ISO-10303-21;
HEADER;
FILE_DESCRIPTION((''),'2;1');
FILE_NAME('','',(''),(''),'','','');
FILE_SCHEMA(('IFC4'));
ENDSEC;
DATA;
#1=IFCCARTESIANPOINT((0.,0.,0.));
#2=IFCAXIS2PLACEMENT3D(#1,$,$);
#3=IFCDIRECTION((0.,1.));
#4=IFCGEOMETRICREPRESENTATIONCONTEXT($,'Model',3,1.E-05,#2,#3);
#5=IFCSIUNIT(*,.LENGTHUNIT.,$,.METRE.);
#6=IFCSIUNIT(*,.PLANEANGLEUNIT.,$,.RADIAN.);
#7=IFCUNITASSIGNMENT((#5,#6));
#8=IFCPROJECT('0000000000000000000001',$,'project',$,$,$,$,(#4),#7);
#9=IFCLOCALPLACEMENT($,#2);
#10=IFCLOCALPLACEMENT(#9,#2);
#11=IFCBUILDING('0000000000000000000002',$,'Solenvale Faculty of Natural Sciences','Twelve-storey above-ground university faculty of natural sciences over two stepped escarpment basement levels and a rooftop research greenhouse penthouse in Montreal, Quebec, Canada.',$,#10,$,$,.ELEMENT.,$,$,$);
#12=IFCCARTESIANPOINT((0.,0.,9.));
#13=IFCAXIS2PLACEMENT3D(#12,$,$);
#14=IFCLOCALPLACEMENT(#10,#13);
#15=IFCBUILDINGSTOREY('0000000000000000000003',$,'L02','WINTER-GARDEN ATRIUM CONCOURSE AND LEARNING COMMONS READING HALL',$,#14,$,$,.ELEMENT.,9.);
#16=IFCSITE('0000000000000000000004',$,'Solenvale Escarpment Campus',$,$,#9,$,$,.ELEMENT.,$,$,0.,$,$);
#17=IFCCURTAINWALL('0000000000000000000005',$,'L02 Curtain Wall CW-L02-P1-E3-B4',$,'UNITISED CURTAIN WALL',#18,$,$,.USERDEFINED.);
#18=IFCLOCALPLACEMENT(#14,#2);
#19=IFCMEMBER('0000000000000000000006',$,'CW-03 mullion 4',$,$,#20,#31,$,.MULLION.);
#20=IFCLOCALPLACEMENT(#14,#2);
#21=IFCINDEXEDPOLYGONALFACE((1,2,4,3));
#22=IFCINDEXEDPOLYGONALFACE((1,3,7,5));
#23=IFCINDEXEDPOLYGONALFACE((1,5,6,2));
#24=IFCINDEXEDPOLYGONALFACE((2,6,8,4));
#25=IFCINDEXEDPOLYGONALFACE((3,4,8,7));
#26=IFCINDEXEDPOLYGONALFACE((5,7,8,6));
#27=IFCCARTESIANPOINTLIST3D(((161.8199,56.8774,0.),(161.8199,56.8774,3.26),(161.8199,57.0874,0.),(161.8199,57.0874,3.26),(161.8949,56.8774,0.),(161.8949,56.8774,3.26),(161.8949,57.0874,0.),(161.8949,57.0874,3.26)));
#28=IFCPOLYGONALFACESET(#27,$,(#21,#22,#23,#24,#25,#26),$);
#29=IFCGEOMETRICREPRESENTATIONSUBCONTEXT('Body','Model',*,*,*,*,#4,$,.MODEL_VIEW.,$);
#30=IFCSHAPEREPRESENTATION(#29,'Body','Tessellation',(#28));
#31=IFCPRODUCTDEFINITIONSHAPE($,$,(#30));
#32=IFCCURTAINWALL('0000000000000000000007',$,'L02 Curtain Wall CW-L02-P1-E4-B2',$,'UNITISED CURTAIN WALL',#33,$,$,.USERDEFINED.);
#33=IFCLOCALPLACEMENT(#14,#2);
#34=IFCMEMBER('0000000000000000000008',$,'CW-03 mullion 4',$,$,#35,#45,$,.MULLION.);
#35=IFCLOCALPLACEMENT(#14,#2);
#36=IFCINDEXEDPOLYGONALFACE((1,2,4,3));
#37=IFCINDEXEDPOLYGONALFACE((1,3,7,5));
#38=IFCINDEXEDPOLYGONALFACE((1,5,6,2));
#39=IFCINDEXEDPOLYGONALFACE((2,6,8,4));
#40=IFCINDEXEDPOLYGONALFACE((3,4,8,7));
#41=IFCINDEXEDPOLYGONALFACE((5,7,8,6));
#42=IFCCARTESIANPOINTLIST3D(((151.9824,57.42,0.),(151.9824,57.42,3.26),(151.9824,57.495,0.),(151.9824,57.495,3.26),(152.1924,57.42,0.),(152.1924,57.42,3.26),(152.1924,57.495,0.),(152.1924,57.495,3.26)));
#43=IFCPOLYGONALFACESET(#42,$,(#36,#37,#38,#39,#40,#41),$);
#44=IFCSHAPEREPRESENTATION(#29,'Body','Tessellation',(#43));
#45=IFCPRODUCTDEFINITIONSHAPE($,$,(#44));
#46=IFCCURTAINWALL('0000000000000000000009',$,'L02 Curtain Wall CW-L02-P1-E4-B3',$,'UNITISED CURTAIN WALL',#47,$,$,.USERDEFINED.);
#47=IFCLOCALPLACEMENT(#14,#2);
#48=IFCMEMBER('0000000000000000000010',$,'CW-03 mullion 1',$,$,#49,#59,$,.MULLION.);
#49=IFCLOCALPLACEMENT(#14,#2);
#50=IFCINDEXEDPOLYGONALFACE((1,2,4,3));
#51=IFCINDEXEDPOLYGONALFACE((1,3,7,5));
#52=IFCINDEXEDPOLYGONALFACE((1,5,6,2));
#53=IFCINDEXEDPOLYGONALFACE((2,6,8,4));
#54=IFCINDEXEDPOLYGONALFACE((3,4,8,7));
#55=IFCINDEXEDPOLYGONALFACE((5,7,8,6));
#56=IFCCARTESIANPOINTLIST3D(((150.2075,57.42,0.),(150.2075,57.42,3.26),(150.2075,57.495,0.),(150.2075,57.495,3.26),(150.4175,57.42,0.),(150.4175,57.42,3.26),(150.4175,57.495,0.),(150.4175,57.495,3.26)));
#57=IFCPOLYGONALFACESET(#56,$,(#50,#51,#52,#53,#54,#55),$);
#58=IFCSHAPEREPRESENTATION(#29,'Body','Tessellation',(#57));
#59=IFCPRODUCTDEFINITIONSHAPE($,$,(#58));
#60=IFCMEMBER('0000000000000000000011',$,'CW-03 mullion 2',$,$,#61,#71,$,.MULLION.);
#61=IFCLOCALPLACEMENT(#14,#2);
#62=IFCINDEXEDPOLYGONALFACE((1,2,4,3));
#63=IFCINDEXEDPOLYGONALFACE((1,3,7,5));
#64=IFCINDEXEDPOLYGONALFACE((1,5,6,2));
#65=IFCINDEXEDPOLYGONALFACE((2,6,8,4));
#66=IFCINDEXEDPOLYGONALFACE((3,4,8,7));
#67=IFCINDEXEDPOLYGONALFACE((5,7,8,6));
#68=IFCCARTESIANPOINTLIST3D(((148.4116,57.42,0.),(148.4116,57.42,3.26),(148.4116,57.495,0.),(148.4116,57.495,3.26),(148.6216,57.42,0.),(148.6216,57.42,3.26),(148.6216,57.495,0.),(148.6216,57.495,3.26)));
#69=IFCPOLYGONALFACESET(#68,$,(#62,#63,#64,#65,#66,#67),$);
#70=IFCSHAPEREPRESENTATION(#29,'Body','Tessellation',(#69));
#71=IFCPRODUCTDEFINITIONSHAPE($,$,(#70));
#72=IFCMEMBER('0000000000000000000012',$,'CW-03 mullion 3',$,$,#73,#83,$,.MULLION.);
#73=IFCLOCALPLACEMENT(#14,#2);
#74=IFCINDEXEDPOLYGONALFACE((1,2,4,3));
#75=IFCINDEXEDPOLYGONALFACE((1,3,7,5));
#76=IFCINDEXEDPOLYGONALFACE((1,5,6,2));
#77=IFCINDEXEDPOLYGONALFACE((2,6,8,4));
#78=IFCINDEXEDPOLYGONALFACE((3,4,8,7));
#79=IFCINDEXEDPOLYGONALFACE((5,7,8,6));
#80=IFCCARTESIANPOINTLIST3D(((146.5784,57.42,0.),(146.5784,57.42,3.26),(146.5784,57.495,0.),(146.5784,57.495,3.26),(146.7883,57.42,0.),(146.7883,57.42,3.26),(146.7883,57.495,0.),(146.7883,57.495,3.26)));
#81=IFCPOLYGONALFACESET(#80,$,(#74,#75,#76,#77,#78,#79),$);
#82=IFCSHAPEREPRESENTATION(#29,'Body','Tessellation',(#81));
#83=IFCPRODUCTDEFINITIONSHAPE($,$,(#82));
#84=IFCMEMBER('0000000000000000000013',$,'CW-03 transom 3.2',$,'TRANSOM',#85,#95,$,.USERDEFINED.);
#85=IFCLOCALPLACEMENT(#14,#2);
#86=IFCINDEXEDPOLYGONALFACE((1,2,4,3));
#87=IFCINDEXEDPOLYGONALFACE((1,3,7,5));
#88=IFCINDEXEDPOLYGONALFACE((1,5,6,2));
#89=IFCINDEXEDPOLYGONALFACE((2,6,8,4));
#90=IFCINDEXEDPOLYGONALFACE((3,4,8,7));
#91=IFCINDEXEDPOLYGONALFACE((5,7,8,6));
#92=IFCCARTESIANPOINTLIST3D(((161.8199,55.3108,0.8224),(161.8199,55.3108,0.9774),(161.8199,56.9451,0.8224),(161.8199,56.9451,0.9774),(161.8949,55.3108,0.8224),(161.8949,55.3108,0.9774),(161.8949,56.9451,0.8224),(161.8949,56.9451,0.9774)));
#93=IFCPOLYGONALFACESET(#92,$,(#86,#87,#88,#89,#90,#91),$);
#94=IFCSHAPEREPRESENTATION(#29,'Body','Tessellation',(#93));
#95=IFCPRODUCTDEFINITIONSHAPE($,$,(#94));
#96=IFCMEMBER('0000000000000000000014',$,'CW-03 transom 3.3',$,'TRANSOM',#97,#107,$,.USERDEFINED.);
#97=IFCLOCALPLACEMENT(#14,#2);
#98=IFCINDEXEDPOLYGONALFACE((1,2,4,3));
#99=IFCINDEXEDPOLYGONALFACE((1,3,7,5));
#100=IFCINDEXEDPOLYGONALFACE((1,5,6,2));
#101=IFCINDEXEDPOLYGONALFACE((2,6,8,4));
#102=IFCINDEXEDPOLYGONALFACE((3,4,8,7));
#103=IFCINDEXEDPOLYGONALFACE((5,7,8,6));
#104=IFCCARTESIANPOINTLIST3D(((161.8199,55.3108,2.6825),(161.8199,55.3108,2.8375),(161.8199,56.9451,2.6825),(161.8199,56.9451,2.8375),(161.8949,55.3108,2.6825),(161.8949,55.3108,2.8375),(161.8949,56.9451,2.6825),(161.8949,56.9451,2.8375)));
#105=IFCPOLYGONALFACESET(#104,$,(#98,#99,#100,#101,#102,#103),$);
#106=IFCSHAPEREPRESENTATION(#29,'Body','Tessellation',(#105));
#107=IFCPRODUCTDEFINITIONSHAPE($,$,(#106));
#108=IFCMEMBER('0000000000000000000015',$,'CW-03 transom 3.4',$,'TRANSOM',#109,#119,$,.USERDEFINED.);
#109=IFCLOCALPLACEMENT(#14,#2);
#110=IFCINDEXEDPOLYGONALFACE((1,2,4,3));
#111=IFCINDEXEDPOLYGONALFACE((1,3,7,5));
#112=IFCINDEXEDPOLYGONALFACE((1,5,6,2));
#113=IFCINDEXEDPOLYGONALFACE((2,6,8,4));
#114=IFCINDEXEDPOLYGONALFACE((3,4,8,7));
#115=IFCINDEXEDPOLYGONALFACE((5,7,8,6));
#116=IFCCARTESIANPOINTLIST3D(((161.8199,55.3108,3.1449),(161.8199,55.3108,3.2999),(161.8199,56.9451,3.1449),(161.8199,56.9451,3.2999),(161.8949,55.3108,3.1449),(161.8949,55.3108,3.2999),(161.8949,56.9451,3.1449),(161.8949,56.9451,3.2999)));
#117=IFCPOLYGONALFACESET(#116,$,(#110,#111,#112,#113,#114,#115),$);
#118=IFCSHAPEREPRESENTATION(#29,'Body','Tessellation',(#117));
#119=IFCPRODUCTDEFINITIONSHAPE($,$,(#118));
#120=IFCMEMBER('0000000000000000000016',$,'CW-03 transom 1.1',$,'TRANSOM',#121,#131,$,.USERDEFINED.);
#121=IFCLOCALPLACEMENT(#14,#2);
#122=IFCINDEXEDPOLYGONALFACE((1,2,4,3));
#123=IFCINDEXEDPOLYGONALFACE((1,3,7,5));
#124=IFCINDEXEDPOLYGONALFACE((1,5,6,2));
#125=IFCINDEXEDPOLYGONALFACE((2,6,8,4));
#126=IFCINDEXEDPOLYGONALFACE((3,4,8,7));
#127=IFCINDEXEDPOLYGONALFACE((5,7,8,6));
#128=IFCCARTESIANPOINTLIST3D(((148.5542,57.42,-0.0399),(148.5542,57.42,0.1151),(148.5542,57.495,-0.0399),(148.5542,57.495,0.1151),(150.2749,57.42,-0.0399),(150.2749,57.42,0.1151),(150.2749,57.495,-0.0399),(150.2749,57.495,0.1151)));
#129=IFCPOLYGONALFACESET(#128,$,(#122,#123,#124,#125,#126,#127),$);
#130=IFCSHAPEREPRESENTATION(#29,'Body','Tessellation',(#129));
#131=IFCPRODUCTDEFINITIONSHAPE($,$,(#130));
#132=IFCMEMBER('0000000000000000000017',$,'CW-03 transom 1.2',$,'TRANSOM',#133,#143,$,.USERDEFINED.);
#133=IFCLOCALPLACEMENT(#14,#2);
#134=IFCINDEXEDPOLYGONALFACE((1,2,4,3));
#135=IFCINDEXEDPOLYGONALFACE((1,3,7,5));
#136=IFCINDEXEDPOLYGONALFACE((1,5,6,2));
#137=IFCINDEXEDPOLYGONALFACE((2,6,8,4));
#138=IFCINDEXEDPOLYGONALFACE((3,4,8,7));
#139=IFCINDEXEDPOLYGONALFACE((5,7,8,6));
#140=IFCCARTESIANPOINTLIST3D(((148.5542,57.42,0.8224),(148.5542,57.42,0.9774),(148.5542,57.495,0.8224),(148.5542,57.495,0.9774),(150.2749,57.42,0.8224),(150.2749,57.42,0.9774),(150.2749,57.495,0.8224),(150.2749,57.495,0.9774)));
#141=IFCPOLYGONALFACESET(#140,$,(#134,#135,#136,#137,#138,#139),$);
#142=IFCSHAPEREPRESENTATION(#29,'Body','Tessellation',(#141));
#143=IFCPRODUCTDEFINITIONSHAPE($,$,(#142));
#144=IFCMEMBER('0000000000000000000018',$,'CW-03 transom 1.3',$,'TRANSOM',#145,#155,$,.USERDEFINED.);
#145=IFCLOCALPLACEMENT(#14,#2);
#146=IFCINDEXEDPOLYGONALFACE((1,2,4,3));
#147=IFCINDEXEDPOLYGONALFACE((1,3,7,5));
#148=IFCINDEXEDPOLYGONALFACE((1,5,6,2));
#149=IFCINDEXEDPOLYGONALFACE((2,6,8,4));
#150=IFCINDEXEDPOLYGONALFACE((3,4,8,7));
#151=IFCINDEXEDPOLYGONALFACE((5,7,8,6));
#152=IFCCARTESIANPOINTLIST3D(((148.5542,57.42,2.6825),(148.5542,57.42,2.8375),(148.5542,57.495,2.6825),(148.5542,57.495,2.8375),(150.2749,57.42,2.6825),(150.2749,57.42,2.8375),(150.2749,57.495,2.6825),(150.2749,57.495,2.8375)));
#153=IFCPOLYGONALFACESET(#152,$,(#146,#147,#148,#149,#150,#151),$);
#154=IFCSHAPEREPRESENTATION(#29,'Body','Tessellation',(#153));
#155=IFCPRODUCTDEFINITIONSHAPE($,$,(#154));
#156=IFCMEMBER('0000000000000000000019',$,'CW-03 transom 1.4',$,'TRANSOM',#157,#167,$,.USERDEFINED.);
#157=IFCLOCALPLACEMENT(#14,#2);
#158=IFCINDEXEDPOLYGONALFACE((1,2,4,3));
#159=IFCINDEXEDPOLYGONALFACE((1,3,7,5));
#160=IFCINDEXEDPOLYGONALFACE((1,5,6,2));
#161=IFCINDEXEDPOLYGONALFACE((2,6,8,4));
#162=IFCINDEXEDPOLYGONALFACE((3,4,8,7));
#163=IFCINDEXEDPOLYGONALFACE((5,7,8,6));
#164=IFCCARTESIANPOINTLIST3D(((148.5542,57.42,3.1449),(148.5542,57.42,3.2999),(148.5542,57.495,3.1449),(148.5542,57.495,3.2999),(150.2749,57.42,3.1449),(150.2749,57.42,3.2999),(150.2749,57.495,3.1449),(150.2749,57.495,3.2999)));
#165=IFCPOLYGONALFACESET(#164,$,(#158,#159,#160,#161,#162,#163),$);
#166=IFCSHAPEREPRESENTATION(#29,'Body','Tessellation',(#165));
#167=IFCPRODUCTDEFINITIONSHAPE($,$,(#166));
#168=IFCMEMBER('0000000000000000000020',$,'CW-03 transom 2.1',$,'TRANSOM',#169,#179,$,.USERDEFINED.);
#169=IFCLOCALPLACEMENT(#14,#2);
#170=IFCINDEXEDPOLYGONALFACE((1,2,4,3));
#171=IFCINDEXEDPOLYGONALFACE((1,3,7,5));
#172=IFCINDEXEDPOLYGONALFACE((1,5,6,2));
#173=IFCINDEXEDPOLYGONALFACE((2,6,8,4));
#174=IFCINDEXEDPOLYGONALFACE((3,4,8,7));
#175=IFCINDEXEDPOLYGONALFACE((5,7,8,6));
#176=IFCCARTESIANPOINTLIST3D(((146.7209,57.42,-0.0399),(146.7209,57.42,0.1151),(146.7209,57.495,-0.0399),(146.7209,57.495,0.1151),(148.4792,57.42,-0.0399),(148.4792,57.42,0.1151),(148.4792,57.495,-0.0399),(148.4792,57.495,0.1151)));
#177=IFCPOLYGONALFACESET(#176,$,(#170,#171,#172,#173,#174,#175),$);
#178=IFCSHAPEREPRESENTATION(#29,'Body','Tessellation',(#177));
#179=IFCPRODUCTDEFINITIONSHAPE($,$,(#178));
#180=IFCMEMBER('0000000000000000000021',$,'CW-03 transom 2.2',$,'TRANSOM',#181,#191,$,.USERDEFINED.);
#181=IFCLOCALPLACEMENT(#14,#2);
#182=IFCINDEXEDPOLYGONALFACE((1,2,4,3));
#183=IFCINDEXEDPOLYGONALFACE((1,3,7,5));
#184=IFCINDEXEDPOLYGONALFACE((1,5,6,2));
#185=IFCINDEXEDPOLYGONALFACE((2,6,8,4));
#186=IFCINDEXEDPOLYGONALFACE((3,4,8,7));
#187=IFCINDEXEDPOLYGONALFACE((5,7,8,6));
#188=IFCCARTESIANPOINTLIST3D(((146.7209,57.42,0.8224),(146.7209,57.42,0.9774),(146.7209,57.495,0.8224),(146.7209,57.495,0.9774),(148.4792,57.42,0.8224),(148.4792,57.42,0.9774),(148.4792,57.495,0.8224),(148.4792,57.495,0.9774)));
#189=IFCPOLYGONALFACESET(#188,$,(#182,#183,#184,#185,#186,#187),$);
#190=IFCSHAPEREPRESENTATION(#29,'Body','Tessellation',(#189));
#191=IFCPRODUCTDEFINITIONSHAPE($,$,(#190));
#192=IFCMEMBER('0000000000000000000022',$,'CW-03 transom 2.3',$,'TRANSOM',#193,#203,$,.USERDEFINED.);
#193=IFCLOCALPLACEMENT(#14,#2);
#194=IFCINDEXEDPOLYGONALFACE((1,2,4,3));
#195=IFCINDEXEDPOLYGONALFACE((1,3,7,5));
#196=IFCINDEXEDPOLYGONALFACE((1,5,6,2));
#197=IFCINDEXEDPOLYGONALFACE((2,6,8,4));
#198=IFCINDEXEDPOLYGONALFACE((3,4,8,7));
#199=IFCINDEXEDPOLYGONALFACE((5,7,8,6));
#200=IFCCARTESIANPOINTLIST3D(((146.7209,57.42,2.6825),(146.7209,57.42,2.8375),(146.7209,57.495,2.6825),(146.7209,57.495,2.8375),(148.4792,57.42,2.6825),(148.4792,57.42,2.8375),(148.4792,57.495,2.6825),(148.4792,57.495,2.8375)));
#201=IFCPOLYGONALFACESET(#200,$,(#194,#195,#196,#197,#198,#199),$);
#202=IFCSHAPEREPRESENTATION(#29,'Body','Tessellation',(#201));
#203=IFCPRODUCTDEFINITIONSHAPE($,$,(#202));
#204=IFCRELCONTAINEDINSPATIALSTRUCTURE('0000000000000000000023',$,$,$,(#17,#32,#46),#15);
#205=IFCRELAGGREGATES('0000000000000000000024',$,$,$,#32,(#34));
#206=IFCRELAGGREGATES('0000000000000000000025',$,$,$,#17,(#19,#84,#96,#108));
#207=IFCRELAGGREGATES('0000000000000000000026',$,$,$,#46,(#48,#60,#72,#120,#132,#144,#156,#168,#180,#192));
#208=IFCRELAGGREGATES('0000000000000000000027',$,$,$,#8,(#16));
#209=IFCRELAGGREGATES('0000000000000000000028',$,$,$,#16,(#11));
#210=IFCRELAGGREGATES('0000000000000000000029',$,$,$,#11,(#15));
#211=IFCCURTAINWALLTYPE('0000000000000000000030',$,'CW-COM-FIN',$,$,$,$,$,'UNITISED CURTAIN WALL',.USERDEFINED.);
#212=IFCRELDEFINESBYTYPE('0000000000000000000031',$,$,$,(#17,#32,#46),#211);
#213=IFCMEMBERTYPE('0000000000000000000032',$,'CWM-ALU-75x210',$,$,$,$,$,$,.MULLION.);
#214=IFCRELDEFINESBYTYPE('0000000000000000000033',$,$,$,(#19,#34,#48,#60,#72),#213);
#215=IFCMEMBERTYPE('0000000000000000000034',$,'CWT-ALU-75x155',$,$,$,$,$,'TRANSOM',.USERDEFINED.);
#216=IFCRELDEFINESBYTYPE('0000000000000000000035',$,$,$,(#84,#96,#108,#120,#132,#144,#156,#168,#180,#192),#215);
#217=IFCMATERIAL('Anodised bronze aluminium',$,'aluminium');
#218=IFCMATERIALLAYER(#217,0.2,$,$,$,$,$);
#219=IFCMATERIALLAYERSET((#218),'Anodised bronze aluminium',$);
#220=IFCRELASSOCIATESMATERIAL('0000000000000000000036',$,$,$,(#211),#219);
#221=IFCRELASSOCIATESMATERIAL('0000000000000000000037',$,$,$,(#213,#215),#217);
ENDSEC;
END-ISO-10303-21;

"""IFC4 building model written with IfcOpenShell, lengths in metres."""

from ifc_helpers import new_model, si_unit, direction, frame, origin, origin_2d, place, context, subcontext, project, spatial, rectangle, extrude, material, layer, layer_set, material_profile, profile_set, type_object, element, aggregate, save


model = new_model("IFC4")

# Units and contexts
model_context = context("Model", 3, precision=1e-05, world=origin(), true_north=direction((0.0, 1.0)))
body_context = subcontext(model_context, "Body", "Model", "MODEL_VIEW")
ifc_project = project(units=[si_unit("LENGTHUNIT", "METRE"), si_unit("PLANEANGLEUNIT", "RADIAN")], contexts=[model_context])

# Site, building, storey
site_placement = place(None, origin())
site = spatial("IfcSite", under=ifc_project, at=site_placement, Name="Solenvale Escarpment Campus", CompositionType="ELEMENT", RefElevation=0.0)
building_placement = place(site_placement, origin())
building = spatial("IfcBuilding", under=site, at=building_placement, Name="Solenvale Faculty of Natural Sciences", Description="Twelve-storey above-ground university faculty of natural sciences over two stepped escarpment basement levels and a rooftop research greenhouse penthouse in Montreal, Quebec, Canada.", CompositionType="ELEMENT")
storey_placement = place(building_placement, frame((0.0, 0.0, 9.0)))
storey = spatial("IfcBuildingStorey", under=building, at=storey_placement, Name="L02", Description="WINTER-GARDEN ATRIUM CONCOURSE AND LEARNING COMMONS READING HALL", CompositionType="ELEMENT", Elevation=9.0)

# Curtain walls, members
ifc_material_1 = material(Name="Anodised bronze aluminium", Category="aluminium")
ifc_layer_1 = layer(ifc_material_1, 0.2)
ifc_layer_set_1 = layer_set([ifc_layer_1], Name="Anodised bronze aluminium")
curtain_wall_type = type_object("IfcCurtainWallType", Name="CW-COM-FIN", ElementType="UNITISED CURTAIN WALL", PredefinedType="USERDEFINED", material=ifc_layer_set_1)
curtain_wall_1_placement = place(storey_placement, origin())
curtain_wall_1 = element("IfcCurtainWall", 1, at=curtain_wall_1_placement, inside=storey, type_object=curtain_wall_type, Name="L02 Curtain Wall CW-L02-P1-E3-B4", ObjectType="UNITISED CURTAIN WALL", PredefinedType="USERDEFINED")
ifc_material_profile_1 = material_profile(ifc_material_1, rectangle(XDim=0.075, YDim=0.21, at=origin_2d()), Name="ALU-MUL-75x210")
ifc_profile_set_1 = profile_set([ifc_material_profile_1], Name="Anodised bronze aluminium")
member_type_1 = type_object("IfcMemberType", Name="CWM-ALU-75x210", PredefinedType="MULLION", material=ifc_profile_set_1)
member_1_placement = place(storey_placement, frame((161.8574, 56.9824, 0.0), z_axis=(0.0, 0.0, 1.0), x_axis=(-1.0, 0.0, 0.0)))
member_1 = element("IfcMember", 2, at=member_1_placement, type_object=member_type_1, Name="CW-03 mullion 4", PredefinedType="MULLION", context=body_context, shape_type="SweptSolid", body=[
    extrude(rectangle(XDim=0.075, YDim=0.21, at=origin_2d()), origin(), (0.0, 0.0, 1.0), 3.26),
])
curtain_wall_2_placement = place(storey_placement, origin())
curtain_wall_2 = element("IfcCurtainWall", 3, at=curtain_wall_2_placement, inside=storey, type_object=curtain_wall_type, Name="L02 Curtain Wall CW-L02-P1-E4-B2", ObjectType="UNITISED CURTAIN WALL", PredefinedType="USERDEFINED")
member_2_placement = place(storey_placement, frame((152.0874, 57.4575, 0.0), z_axis=(0.0, 0.0, 1.0), x_axis=(0.0, -1.0, 0.0)))
member_2 = element("IfcMember", 4, at=member_2_placement, type_object=member_type_1, Name="CW-03 mullion 4", PredefinedType="MULLION", context=body_context, shape_type="SweptSolid", body=[
    extrude(rectangle(XDim=0.075, YDim=0.21, at=origin_2d()), origin(), (0.0, 0.0, 1.0), 3.26),
])

# Curtain wall, members
curtain_wall_3_placement = place(storey_placement, origin())
curtain_wall_3 = element("IfcCurtainWall", 5, at=curtain_wall_3_placement, inside=storey, type_object=curtain_wall_type, Name="L02 Curtain Wall CW-L02-P1-E4-B3", ObjectType="UNITISED CURTAIN WALL", PredefinedType="USERDEFINED")
member_3_placement = place(storey_placement, frame((150.3125, 57.4575, 0.0), z_axis=(0.0, 0.0, 1.0), x_axis=(0.0, -1.0, 0.0)))
member_3 = element("IfcMember", 6, at=member_3_placement, type_object=member_type_1, Name="CW-03 mullion 1", PredefinedType="MULLION", context=body_context, shape_type="SweptSolid", body=[
    extrude(rectangle(XDim=0.075, YDim=0.21, at=origin_2d()), origin(), (0.0, 0.0, 1.0), 3.26),
])
member_4_placement = place(storey_placement, frame((148.5166, 57.4575, 0.0), z_axis=(0.0, 0.0, 1.0), x_axis=(0.0, -1.0, 0.0)))
member_4 = element("IfcMember", 7, at=member_4_placement, type_object=member_type_1, Name="CW-03 mullion 2", PredefinedType="MULLION", context=body_context, shape_type="SweptSolid", body=[
    extrude(rectangle(XDim=0.075, YDim=0.21, at=origin_2d()), origin(), (0.0, 0.0, 1.0), 3.26),
])
member_5_placement = place(storey_placement, frame((146.6833, 57.4575, 0.0), z_axis=(0.0, 0.0, 1.0), x_axis=(0.0, -1.0, 0.0)))
member_5 = element("IfcMember", 8, at=member_5_placement, type_object=member_type_1, Name="CW-03 mullion 3", PredefinedType="MULLION", context=body_context, shape_type="SweptSolid", body=[
    extrude(rectangle(XDim=0.075, YDim=0.21, at=origin_2d()), origin(), (0.0, 0.0, 1.0), 3.26),
])

# Members
ifc_material_profile_2 = material_profile(ifc_material_1, rectangle(XDim=0.075, YDim=0.155, at=origin_2d()), Name="ALU-TRN-75x155")
ifc_profile_set_2 = profile_set([ifc_material_profile_2], Name="Anodised bronze aluminium")
member_type_2 = type_object("IfcMemberType", Name="CWT-ALU-75x155", ElementType="TRANSOM", PredefinedType="USERDEFINED", material=ifc_profile_set_2)
member_6_placement = place(storey_placement, frame((161.8574, 55.3108, 0.8999), z_axis=(0.0, 1.0, 0.0), x_axis=(-1.0, 0.0, 0.0)))
member_6 = element("IfcMember", 9, at=member_6_placement, type_object=member_type_2, Name="CW-03 transom 3.2", ObjectType="TRANSOM", PredefinedType="USERDEFINED", context=body_context, shape_type="SweptSolid", body=[
    extrude(rectangle(XDim=0.075, YDim=0.155, at=origin_2d()), origin(), (0.0, 0.0, 1.0), 1.6343),
])
member_7_placement = place(storey_placement, frame((161.8574, 55.3108, 2.76), z_axis=(0.0, 1.0, 0.0), x_axis=(-1.0, 0.0, 0.0)))
member_7 = element("IfcMember", 10, at=member_7_placement, type_object=member_type_2, Name="CW-03 transom 3.3", ObjectType="TRANSOM", PredefinedType="USERDEFINED", context=body_context, shape_type="SweptSolid", body=[
    extrude(rectangle(XDim=0.075, YDim=0.155, at=origin_2d()), origin(), (0.0, 0.0, 1.0), 1.6343),
])
member_8_placement = place(storey_placement, frame((161.8574, 55.3108, 3.2224), z_axis=(0.0, 1.0, 0.0), x_axis=(-1.0, 0.0, 0.0)))
member_8 = element("IfcMember", 11, at=member_8_placement, type_object=member_type_2, Name="CW-03 transom 3.4", ObjectType="TRANSOM", PredefinedType="USERDEFINED", context=body_context, shape_type="SweptSolid", body=[
    extrude(rectangle(XDim=0.075, YDim=0.155, at=origin_2d()), origin(), (0.0, 0.0, 1.0), 1.6343),
])
member_9_placement = place(storey_placement, frame((150.2749, 57.4575, 0.0376), z_axis=(-1.0, 0.0, 0.0), x_axis=(0.0, -1.0, 0.0)))
member_9 = element("IfcMember", 12, at=member_9_placement, type_object=member_type_2, Name="CW-03 transom 1.1", ObjectType="TRANSOM", PredefinedType="USERDEFINED", context=body_context, shape_type="SweptSolid", body=[
    extrude(rectangle(XDim=0.075, YDim=0.155, at=origin_2d()), origin(), (0.0, 0.0, 1.0), 1.7207),
])
member_10_placement = place(storey_placement, frame((150.2749, 57.4575, 0.8999), z_axis=(-1.0, 0.0, 0.0), x_axis=(0.0, -1.0, 0.0)))
member_10 = element("IfcMember", 13, at=member_10_placement, type_object=member_type_2, Name="CW-03 transom 1.2", ObjectType="TRANSOM", PredefinedType="USERDEFINED", context=body_context, shape_type="SweptSolid", body=[
    extrude(rectangle(XDim=0.075, YDim=0.155, at=origin_2d()), origin(), (0.0, 0.0, 1.0), 1.7207),
])
member_11_placement = place(storey_placement, frame((150.2749, 57.4575, 2.76), z_axis=(-1.0, 0.0, 0.0), x_axis=(0.0, -1.0, 0.0)))
member_11 = element("IfcMember", 14, at=member_11_placement, type_object=member_type_2, Name="CW-03 transom 1.3", ObjectType="TRANSOM", PredefinedType="USERDEFINED", context=body_context, shape_type="SweptSolid", body=[
    extrude(rectangle(XDim=0.075, YDim=0.155, at=origin_2d()), origin(), (0.0, 0.0, 1.0), 1.7207),
])
member_12_placement = place(storey_placement, frame((150.2749, 57.4575, 3.2224), z_axis=(-1.0, 0.0, 0.0), x_axis=(0.0, -1.0, 0.0)))
member_12 = element("IfcMember", 15, at=member_12_placement, type_object=member_type_2, Name="CW-03 transom 1.4", ObjectType="TRANSOM", PredefinedType="USERDEFINED", context=body_context, shape_type="SweptSolid", body=[
    extrude(rectangle(XDim=0.075, YDim=0.155, at=origin_2d()), origin(), (0.0, 0.0, 1.0), 1.7207),
])
member_13_placement = place(storey_placement, frame((148.4792, 57.4575, 0.0376), z_axis=(-1.0, 0.0, 0.0), x_axis=(0.0, -1.0, 0.0)))
member_13 = element("IfcMember", 16, at=member_13_placement, type_object=member_type_2, Name="CW-03 transom 2.1", ObjectType="TRANSOM", PredefinedType="USERDEFINED", context=body_context, shape_type="SweptSolid", body=[
    extrude(rectangle(XDim=0.075, YDim=0.155, at=origin_2d()), origin(), (0.0, 0.0, 1.0), 1.7583),
])
member_14_placement = place(storey_placement, frame((148.4792, 57.4575, 0.8999), z_axis=(-1.0, 0.0, 0.0), x_axis=(0.0, -1.0, 0.0)))
member_14 = element("IfcMember", 17, at=member_14_placement, type_object=member_type_2, Name="CW-03 transom 2.2", ObjectType="TRANSOM", PredefinedType="USERDEFINED", context=body_context, shape_type="SweptSolid", body=[
    extrude(rectangle(XDim=0.075, YDim=0.155, at=origin_2d()), origin(), (0.0, 0.0, 1.0), 1.7583),
])
member_15_placement = place(storey_placement, frame((148.4792, 57.4575, 2.76), z_axis=(-1.0, 0.0, 0.0), x_axis=(0.0, -1.0, 0.0)))
member_15 = element("IfcMember", 18, at=member_15_placement, type_object=member_type_2, Name="CW-03 transom 2.3", ObjectType="TRANSOM", PredefinedType="USERDEFINED", context=body_context, shape_type="SweptSolid", body=[
    extrude(rectangle(XDim=0.075, YDim=0.155, at=origin_2d()), origin(), (0.0, 0.0, 1.0), 1.7583),
])

aggregate(curtain_wall_2, [member_2])
aggregate(curtain_wall_1, [member_1, member_6, member_7, member_8])
aggregate(curtain_wall_3, [member_3, member_4, member_5, member_9, member_10, member_11, member_12, member_13, member_14, member_15])

save(model, "model.ifc")
